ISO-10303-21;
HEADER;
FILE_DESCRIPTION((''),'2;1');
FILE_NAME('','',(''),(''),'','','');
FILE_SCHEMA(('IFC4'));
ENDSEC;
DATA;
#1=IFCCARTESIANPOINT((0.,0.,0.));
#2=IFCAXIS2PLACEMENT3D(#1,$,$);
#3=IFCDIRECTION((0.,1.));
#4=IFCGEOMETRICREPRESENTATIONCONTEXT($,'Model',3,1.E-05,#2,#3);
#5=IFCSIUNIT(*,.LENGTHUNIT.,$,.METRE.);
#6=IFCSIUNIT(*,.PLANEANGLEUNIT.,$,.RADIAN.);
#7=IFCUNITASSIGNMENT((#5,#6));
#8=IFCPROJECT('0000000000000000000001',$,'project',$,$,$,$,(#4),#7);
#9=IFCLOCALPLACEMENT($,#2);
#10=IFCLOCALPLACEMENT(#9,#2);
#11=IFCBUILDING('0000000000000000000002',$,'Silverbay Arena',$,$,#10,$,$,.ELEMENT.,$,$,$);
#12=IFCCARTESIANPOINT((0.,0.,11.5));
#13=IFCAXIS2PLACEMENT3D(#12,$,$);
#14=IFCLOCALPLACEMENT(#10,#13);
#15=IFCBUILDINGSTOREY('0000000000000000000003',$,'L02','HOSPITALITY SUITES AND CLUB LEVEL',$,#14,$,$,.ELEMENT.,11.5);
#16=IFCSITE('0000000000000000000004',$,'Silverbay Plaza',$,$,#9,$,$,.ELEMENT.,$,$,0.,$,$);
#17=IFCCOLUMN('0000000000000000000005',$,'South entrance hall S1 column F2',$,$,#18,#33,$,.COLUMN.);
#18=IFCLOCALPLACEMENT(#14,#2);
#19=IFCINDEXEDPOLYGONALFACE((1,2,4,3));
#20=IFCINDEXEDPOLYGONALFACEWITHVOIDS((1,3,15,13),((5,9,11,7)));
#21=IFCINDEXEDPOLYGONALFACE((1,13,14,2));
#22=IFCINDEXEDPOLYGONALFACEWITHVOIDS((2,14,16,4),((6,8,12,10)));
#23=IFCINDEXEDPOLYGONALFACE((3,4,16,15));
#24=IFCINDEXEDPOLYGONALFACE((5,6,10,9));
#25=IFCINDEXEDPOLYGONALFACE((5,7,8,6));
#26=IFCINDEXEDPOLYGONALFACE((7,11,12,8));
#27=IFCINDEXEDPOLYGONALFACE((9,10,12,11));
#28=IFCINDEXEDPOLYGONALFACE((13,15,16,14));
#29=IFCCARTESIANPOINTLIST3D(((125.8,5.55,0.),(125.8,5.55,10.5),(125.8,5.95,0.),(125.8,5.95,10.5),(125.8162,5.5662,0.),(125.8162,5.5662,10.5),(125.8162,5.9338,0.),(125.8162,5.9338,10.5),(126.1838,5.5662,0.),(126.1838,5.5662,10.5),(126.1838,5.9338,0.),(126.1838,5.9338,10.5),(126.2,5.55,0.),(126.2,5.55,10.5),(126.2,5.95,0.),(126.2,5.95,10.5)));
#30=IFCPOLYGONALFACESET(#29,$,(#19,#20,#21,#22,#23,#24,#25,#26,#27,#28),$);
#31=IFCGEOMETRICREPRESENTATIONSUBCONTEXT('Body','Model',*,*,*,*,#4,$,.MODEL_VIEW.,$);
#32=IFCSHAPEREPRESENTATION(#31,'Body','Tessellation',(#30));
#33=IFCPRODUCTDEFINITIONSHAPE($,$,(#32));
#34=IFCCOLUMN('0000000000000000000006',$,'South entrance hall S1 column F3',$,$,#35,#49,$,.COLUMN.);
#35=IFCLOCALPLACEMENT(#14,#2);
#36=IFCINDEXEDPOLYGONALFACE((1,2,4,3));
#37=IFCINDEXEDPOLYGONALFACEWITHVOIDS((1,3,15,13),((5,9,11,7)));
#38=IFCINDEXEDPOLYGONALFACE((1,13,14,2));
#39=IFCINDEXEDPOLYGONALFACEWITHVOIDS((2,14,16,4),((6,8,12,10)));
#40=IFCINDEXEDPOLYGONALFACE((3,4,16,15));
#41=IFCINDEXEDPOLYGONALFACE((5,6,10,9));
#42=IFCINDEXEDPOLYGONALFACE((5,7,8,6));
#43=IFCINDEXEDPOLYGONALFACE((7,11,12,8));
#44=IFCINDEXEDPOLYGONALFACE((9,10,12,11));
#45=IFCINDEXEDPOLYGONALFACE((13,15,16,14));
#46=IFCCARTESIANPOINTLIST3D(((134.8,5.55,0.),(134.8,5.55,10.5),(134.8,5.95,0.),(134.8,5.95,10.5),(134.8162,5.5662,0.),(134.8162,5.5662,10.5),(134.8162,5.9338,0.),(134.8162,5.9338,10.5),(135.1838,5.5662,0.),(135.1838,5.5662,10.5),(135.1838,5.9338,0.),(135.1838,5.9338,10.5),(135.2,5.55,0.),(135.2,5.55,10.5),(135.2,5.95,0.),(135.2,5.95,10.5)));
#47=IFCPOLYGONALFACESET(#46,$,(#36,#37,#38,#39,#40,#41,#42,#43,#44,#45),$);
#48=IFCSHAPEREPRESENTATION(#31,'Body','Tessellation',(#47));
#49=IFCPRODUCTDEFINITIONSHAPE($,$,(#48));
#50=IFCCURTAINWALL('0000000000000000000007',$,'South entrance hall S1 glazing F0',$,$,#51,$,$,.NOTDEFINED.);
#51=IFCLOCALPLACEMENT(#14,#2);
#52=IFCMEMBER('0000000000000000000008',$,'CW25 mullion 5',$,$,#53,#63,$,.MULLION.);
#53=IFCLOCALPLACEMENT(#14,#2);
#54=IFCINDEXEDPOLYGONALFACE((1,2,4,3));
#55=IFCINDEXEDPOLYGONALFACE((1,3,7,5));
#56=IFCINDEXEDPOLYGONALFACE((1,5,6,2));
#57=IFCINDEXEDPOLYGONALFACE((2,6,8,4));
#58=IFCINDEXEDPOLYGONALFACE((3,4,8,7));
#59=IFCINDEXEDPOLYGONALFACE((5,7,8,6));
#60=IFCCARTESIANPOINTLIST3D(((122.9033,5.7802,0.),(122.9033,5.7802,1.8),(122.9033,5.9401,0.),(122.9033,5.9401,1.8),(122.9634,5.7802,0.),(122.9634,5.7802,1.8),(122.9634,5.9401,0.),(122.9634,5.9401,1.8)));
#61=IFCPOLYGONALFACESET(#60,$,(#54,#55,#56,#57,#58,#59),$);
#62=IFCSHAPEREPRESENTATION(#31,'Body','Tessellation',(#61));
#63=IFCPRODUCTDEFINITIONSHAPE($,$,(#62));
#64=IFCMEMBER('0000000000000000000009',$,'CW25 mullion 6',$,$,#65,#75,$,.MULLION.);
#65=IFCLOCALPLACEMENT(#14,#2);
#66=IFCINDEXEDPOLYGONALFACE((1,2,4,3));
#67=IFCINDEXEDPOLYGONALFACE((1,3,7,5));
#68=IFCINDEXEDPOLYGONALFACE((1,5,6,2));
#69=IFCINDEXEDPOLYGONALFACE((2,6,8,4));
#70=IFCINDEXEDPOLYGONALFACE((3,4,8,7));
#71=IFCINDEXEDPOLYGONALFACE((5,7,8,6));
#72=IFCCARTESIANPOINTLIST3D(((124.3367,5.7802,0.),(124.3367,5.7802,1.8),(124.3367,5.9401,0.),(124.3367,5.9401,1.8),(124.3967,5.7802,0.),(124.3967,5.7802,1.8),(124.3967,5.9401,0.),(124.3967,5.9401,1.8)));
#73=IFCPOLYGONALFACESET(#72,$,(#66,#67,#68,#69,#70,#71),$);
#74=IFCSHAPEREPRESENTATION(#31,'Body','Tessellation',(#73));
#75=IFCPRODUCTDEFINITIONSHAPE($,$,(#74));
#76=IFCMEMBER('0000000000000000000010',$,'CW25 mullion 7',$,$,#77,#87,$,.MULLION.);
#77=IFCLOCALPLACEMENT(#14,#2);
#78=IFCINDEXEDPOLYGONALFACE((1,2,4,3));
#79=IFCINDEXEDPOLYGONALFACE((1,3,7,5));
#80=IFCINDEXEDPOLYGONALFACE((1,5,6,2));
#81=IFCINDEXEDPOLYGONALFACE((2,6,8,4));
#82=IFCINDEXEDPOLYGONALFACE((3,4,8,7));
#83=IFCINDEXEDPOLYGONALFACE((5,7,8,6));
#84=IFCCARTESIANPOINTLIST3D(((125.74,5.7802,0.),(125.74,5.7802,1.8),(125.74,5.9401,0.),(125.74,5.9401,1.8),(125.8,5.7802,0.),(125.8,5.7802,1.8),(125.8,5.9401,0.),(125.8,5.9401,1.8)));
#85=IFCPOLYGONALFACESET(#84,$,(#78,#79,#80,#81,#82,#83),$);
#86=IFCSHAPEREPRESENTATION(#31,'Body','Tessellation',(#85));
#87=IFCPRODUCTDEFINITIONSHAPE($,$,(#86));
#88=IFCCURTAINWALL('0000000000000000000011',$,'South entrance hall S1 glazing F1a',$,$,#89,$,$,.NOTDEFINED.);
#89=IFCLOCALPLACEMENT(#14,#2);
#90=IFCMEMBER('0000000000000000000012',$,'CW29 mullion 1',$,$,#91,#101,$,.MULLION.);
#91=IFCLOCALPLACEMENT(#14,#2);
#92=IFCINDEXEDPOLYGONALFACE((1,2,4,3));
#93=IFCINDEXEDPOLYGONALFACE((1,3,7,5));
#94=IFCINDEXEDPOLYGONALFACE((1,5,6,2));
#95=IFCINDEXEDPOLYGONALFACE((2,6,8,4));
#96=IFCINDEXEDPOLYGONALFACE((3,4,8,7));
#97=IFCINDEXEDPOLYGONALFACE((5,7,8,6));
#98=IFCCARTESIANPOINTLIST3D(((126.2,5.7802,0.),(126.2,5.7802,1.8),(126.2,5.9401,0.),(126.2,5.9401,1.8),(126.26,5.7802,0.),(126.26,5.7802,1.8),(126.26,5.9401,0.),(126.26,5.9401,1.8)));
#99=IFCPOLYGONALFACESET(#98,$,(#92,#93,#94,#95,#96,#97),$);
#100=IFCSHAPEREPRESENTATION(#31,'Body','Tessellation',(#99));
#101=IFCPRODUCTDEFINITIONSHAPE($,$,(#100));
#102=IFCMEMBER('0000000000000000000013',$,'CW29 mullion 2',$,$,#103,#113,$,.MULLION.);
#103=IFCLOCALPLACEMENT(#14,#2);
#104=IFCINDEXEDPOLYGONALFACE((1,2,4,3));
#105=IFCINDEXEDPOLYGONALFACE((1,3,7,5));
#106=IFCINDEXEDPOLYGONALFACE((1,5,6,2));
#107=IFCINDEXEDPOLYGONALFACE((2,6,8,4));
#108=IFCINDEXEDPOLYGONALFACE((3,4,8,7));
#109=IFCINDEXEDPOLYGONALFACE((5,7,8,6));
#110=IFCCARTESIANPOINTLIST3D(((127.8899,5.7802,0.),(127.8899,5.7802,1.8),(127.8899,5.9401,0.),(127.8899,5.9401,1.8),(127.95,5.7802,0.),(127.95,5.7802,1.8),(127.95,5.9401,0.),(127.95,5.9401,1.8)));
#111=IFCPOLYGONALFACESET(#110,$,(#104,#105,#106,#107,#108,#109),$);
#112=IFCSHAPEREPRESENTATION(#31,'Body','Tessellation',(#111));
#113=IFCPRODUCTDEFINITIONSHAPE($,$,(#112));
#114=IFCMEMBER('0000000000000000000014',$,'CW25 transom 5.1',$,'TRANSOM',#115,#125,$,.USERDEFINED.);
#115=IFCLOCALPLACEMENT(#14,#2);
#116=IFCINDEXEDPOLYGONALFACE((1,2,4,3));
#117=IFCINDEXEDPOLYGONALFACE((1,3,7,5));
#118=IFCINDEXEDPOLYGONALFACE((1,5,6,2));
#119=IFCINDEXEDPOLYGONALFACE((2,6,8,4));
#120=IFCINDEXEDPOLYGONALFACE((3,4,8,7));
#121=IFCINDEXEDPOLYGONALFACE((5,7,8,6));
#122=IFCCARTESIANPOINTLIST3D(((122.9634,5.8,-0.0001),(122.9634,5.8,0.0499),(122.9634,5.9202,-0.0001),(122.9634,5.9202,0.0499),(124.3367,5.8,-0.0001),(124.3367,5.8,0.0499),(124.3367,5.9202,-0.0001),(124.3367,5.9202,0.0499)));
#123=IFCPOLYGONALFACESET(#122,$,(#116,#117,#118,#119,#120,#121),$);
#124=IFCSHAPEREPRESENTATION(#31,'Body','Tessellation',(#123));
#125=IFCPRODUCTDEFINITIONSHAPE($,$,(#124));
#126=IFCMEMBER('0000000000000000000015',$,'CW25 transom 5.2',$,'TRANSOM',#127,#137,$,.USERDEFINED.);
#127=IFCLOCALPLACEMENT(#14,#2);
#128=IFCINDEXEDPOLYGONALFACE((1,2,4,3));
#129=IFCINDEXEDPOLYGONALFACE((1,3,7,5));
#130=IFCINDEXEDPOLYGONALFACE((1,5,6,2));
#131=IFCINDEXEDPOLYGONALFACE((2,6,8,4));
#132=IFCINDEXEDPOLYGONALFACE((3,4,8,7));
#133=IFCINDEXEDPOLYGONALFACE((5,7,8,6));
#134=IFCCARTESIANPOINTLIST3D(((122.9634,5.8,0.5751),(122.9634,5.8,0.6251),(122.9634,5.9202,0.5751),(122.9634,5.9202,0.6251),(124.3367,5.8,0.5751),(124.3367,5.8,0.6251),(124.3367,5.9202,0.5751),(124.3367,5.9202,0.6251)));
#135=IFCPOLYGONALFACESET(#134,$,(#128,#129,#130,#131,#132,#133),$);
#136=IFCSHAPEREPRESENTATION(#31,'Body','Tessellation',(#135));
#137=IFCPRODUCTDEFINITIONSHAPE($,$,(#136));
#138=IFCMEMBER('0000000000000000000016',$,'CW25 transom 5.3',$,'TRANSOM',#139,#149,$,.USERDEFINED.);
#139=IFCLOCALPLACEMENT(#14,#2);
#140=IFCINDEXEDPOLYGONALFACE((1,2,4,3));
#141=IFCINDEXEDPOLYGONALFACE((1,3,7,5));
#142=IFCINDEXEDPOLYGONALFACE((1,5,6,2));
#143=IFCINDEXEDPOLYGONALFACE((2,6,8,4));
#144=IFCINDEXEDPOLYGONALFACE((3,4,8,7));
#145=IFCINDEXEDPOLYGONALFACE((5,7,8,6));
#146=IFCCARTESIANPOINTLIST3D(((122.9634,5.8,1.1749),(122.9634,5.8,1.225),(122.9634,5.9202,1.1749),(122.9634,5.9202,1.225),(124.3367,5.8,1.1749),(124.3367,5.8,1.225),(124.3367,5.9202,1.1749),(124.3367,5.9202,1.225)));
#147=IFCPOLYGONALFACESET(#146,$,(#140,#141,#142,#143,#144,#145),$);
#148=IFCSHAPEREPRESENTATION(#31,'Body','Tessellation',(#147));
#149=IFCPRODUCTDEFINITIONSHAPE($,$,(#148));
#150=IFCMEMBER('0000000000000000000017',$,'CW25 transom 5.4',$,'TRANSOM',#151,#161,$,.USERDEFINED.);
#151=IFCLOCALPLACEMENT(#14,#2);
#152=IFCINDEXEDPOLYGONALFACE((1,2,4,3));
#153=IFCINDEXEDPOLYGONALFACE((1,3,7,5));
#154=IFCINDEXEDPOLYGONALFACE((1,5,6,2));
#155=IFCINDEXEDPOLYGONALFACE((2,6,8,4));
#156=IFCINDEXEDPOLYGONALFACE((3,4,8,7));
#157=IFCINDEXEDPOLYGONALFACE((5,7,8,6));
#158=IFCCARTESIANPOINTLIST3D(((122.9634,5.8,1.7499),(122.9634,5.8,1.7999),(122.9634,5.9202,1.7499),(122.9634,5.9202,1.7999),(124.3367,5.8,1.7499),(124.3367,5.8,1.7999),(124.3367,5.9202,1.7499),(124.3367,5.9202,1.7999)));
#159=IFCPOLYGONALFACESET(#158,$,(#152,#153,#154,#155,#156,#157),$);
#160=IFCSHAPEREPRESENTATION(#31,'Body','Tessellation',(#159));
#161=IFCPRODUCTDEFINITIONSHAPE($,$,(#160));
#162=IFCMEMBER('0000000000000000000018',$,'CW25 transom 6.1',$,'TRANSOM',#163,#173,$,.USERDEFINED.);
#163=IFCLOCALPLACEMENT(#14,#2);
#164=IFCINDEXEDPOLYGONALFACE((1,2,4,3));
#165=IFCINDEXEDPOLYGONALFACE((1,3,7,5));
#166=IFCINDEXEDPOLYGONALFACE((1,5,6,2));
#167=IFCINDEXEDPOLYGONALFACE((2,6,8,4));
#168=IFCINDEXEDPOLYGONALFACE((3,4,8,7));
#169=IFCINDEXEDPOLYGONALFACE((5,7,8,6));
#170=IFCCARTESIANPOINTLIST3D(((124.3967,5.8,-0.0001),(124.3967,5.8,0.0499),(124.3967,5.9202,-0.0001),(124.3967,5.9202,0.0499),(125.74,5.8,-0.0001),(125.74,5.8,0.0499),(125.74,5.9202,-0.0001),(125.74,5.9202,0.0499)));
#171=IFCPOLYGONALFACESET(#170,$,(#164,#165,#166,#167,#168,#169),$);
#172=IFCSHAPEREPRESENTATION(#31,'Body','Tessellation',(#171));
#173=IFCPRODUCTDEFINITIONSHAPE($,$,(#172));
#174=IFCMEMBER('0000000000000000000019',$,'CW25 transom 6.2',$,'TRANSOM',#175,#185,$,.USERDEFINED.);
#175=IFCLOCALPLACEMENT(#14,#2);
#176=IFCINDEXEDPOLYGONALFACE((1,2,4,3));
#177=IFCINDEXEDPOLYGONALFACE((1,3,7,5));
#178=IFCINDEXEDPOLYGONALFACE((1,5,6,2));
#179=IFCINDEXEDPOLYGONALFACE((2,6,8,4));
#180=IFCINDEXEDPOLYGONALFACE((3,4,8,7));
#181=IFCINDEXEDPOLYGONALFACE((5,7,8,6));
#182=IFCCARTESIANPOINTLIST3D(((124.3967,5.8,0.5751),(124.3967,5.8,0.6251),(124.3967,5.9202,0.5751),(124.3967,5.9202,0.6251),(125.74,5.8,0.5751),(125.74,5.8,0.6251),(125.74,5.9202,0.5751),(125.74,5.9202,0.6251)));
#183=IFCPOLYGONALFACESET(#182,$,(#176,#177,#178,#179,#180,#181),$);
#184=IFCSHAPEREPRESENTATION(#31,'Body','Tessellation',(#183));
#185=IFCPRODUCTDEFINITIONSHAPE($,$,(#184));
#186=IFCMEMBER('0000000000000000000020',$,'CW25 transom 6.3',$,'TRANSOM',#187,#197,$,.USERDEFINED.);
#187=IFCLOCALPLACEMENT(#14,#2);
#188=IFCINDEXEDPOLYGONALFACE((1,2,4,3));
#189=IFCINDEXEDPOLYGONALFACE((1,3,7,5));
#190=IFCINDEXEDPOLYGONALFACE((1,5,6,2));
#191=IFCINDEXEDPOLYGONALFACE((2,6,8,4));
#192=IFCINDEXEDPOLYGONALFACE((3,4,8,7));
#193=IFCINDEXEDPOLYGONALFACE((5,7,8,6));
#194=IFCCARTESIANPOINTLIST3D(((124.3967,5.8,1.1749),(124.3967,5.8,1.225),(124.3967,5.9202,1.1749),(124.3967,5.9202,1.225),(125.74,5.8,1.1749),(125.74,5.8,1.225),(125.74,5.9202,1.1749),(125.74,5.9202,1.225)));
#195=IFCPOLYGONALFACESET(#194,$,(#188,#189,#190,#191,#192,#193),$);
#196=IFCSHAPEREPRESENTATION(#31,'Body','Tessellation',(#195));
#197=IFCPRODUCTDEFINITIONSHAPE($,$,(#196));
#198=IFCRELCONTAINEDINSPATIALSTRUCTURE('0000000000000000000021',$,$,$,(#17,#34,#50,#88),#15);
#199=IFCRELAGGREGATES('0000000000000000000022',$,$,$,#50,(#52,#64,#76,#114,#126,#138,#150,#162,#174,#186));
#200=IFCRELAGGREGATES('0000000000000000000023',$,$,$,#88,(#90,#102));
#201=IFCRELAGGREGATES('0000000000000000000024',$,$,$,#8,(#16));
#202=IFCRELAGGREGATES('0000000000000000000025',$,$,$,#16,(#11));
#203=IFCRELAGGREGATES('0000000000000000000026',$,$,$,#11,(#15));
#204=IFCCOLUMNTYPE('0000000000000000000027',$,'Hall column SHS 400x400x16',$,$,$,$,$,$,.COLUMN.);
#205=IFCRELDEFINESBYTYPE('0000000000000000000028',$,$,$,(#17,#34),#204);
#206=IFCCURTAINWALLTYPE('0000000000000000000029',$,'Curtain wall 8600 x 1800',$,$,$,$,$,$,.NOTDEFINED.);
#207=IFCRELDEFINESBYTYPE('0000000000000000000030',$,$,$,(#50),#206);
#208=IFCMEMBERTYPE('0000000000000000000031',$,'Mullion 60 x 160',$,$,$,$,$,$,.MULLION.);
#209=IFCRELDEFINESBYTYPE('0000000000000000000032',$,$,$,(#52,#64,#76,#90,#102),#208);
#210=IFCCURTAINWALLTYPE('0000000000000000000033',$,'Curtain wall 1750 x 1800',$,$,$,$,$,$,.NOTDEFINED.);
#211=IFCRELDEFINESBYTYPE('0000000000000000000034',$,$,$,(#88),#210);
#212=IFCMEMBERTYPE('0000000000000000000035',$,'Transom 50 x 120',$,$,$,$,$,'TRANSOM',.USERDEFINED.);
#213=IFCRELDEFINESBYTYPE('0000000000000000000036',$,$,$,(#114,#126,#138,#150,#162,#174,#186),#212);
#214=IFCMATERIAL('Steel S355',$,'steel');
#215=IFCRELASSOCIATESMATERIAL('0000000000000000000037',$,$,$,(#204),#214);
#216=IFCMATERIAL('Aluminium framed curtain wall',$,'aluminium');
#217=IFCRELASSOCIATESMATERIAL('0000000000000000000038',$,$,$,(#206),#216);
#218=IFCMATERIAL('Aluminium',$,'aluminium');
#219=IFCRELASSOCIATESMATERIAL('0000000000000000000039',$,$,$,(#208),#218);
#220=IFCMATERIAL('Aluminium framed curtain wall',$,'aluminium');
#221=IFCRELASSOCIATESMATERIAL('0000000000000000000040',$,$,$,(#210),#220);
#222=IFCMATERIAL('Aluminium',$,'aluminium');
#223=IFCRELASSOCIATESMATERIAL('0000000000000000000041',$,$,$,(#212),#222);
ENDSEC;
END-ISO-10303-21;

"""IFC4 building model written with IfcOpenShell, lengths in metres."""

from ifc_helpers import new_model, si_unit, direction, frame, origin, origin_2d, place, context, subcontext, project, spatial, rectangle, hollow_rectangle, extrude, material, material_profile, profile_set, type_object, element, aggregate, save


model = new_model("IFC4")

# Units and contexts
model_context = context("Model", 3, precision=1e-05, world=origin(), true_north=direction((0.0, 1.0)))
body_context = subcontext(model_context, "Body", "Model", "MODEL_VIEW")
ifc_project = project(units=[si_unit("LENGTHUNIT", "METRE"), si_unit("PLANEANGLEUNIT", "RADIAN")], contexts=[model_context])

# Site, building, storey
site_placement = place(None, origin())
site = spatial("IfcSite", under=ifc_project, at=site_placement, Name="Silverbay Plaza", CompositionType="ELEMENT", RefElevation=0.0)
building_placement = place(site_placement, origin())
building = spatial("IfcBuilding", under=site, at=building_placement, Name="Silverbay Arena", CompositionType="ELEMENT")
storey_placement = place(building_placement, frame((0.0, 0.0, 11.5)))
storey = spatial("IfcBuildingStorey", under=building, at=storey_placement, Name="L02", Description="HOSPITALITY SUITES AND CLUB LEVEL", CompositionType="ELEMENT", Elevation=11.5)

# Columns
ifc_material_1 = material(Name="Steel S355", Category="steel")
ifc_material_profile_1 = material_profile(ifc_material_1, hollow_rectangle(XDim=0.3999, YDim=0.3999, WallThickness=0.0161, at=origin_2d()), Name="SHS 400x400x16")
ifc_profile_set_1 = profile_set([ifc_material_profile_1], Name="Steel S355")
column_type = type_object("IfcColumnType", Name="Hall column SHS 400x400x16", PredefinedType="COLUMN", material=ifc_profile_set_1)
for number, where, z_axis, x_axis, name in (
    (1, (126.0, 5.75, 0.0), (0.0, 0.0, 1.0), (1.0, 0.0, 0.0), "South entrance hall S1 column F2"),
    (2, (135.0, 5.75, 0.0), (0.0, 0.0, 1.0), (1.0, 0.0, 0.0), "South entrance hall S1 column F3"),
):
    element("IfcColumn", number, at=place(storey_placement, frame(where, z_axis=z_axis, x_axis=x_axis)), inside=storey, type_object=column_type, Name=name, PredefinedType="COLUMN", context=body_context, shape_type="SweptSolid", body=[
        extrude(hollow_rectangle(XDim=0.3999, YDim=0.3999, WallThickness=0.0161, at=origin_2d()), origin(), (0.0, 0.0, 1.0), 10.5),
    ])

# Curtain walls, members
ifc_material_2 = material(Name="Aluminium framed curtain wall", Category="aluminium")
curtain_wall_type_1 = type_object("IfcCurtainWallType", Name="Curtain wall 8600 x 1800", PredefinedType="NOTDEFINED", material=ifc_material_2)
curtain_wall_1_placement = place(storey_placement, origin())
curtain_wall_1 = element("IfcCurtainWall", 3, at=curtain_wall_1_placement, inside=storey, type_object=curtain_wall_type_1, Name="South entrance hall S1 glazing F0", PredefinedType="NOTDEFINED")
ifc_material_3 = material(Name="Aluminium", Category="aluminium")
ifc_material_profile_2 = material_profile(ifc_material_3, rectangle(XDim=0.1599, YDim=0.0601, at=origin_2d()), Name="Mullion 60 x 160")
ifc_profile_set_2 = profile_set([ifc_material_profile_2], Name="Aluminium")
member_type_1 = type_object("IfcMemberType", Name="Mullion 60 x 160", PredefinedType="MULLION", material=ifc_profile_set_2)
member_1_placement = place(storey_placement, frame((122.9333, 5.8601, 0.0), z_axis=(0.0, 0.0, 1.0), x_axis=(0.0, 1.0, 0.0)))
member_1 = element("IfcMember", 4, at=member_1_placement, type_object=member_type_1, Name="CW25 mullion 5", PredefinedType="MULLION", context=body_context, shape_type="SweptSolid", body=[
    extrude(rectangle(XDim=0.1599, YDim=0.0601, at=origin_2d()), origin(), (0.0, 0.0, 1.0), 1.8),
])
member_2_placement = place(storey_placement, frame((124.3667, 5.8601, 0.0), z_axis=(0.0, 0.0, 1.0), x_axis=(0.0, 1.0, 0.0)))
member_2 = element("IfcMember", 5, at=member_2_placement, type_object=member_type_1, Name="CW25 mullion 6", PredefinedType="MULLION", context=body_context, shape_type="SweptSolid", body=[
    extrude(rectangle(XDim=0.1599, YDim=0.0601, at=origin_2d()), origin(), (0.0, 0.0, 1.0), 1.8),
])
member_3_placement = place(storey_placement, frame((125.77, 5.8601, 0.0), z_axis=(0.0, 0.0, 1.0), x_axis=(0.0, 1.0, 0.0)))
member_3 = element("IfcMember", 6, at=member_3_placement, type_object=member_type_1, Name="CW25 mullion 7", PredefinedType="MULLION", context=body_context, shape_type="SweptSolid", body=[
    extrude(rectangle(XDim=0.1599, YDim=0.0601, at=origin_2d()), origin(), (0.0, 0.0, 1.0), 1.8),
])
ifc_material_4 = material(Name="Aluminium framed curtain wall", Category="aluminium")
curtain_wall_type_2 = type_object("IfcCurtainWallType", Name="Curtain wall 1750 x 1800", PredefinedType="NOTDEFINED", material=ifc_material_4)
curtain_wall_2_placement = place(storey_placement, origin())
curtain_wall_2 = element("IfcCurtainWall", 7, at=curtain_wall_2_placement, inside=storey, type_object=curtain_wall_type_2, Name="South entrance hall S1 glazing F1a", PredefinedType="NOTDEFINED")
member_4_placement = place(storey_placement, frame((126.23, 5.8601, 0.0), z_axis=(0.0, 0.0, 1.0), x_axis=(0.0, 1.0, 0.0)))
member_4 = element("IfcMember", 8, at=member_4_placement, type_object=member_type_1, Name="CW29 mullion 1", PredefinedType="MULLION", context=body_context, shape_type="SweptSolid", body=[
    extrude(rectangle(XDim=0.1599, YDim=0.0601, at=origin_2d()), origin(), (0.0, 0.0, 1.0), 1.8),
])
member_5_placement = place(storey_placement, frame((127.9199, 5.8601, 0.0), z_axis=(0.0, 0.0, 1.0), x_axis=(0.0, 1.0, 0.0)))
member_5 = element("IfcMember", 9, at=member_5_placement, type_object=member_type_1, Name="CW29 mullion 2", PredefinedType="MULLION", context=body_context, shape_type="SweptSolid", body=[
    extrude(rectangle(XDim=0.1599, YDim=0.0601, at=origin_2d()), origin(), (0.0, 0.0, 1.0), 1.8),
])

# Members
ifc_material_5 = material(Name="Aluminium", Category="aluminium")
ifc_material_profile_3 = material_profile(ifc_material_5, rectangle(XDim=0.1201, YDim=0.05, at=origin_2d()), Name="Transom 50 x 120")
ifc_profile_set_3 = profile_set([ifc_material_profile_3], Name="Aluminium")
member_type_2 = type_object("IfcMemberType", Name="Transom 50 x 120", ElementType="TRANSOM", PredefinedType="USERDEFINED", material=ifc_profile_set_3)
member_6_placement = place(storey_placement, frame((122.9634, 5.8601, 0.0249), z_axis=(1.0, 0.0, 0.0), x_axis=(0.0, 1.0, 0.0)))
member_6 = element("IfcMember", 10, at=member_6_placement, type_object=member_type_2, Name="CW25 transom 5.1", ObjectType="TRANSOM", PredefinedType="USERDEFINED", context=body_context, shape_type="SweptSolid", body=[
    extrude(rectangle(XDim=0.1201, YDim=0.05, at=origin_2d()), origin(), (0.0, 0.0, 1.0), 1.3733),
])
member_7_placement = place(storey_placement, frame((122.9634, 5.8601, 0.6001), z_axis=(1.0, 0.0, 0.0), x_axis=(0.0, 1.0, 0.0)))
member_7 = element("IfcMember", 11, at=member_7_placement, type_object=member_type_2, Name="CW25 transom 5.2", ObjectType="TRANSOM", PredefinedType="USERDEFINED", context=body_context, shape_type="SweptSolid", body=[
    extrude(rectangle(XDim=0.1201, YDim=0.05, at=origin_2d()), origin(), (0.0, 0.0, 1.0), 1.3733),
])
member_8_placement = place(storey_placement, frame((122.9634, 5.8601, 1.2), z_axis=(1.0, 0.0, 0.0), x_axis=(0.0, 1.0, 0.0)))
member_8 = element("IfcMember", 12, at=member_8_placement, type_object=member_type_2, Name="CW25 transom 5.3", ObjectType="TRANSOM", PredefinedType="USERDEFINED", context=body_context, shape_type="SweptSolid", body=[
    extrude(rectangle(XDim=0.1201, YDim=0.05, at=origin_2d()), origin(), (0.0, 0.0, 1.0), 1.3733),
])
member_9_placement = place(storey_placement, frame((122.9634, 5.8601, 1.7749), z_axis=(1.0, 0.0, 0.0), x_axis=(0.0, 1.0, 0.0)))
member_9 = element("IfcMember", 13, at=member_9_placement, type_object=member_type_2, Name="CW25 transom 5.4", ObjectType="TRANSOM", PredefinedType="USERDEFINED", context=body_context, shape_type="SweptSolid", body=[
    extrude(rectangle(XDim=0.1201, YDim=0.05, at=origin_2d()), origin(), (0.0, 0.0, 1.0), 1.3733),
])
member_10_placement = place(storey_placement, frame((124.3967, 5.8601, 0.0249), z_axis=(1.0, 0.0, 0.0), x_axis=(0.0, 1.0, 0.0)))
member_10 = element("IfcMember", 14, at=member_10_placement, type_object=member_type_2, Name="CW25 transom 6.1", ObjectType="TRANSOM", PredefinedType="USERDEFINED", context=body_context, shape_type="SweptSolid", body=[
    extrude(rectangle(XDim=0.1201, YDim=0.05, at=origin_2d()), origin(), (0.0, 0.0, 1.0), 1.3433),
])
member_11_placement = place(storey_placement, frame((124.3967, 5.8601, 0.6001), z_axis=(1.0, 0.0, 0.0), x_axis=(0.0, 1.0, 0.0)))
member_11 = element("IfcMember", 15, at=member_11_placement, type_object=member_type_2, Name="CW25 transom 6.2", ObjectType="TRANSOM", PredefinedType="USERDEFINED", context=body_context, shape_type="SweptSolid", body=[
    extrude(rectangle(XDim=0.1201, YDim=0.05, at=origin_2d()), origin(), (0.0, 0.0, 1.0), 1.3433),
])
member_12_placement = place(storey_placement, frame((124.3967, 5.8601, 1.2), z_axis=(1.0, 0.0, 0.0), x_axis=(0.0, 1.0, 0.0)))
member_12 = element("IfcMember", 16, at=member_12_placement, type_object=member_type_2, Name="CW25 transom 6.3", ObjectType="TRANSOM", PredefinedType="USERDEFINED", context=body_context, shape_type="SweptSolid", body=[
    extrude(rectangle(XDim=0.1201, YDim=0.05, at=origin_2d()), origin(), (0.0, 0.0, 1.0), 1.3433),
])

aggregate(curtain_wall_1, [member_1, member_2, member_3, member_6, member_7, member_8, member_9, member_10, member_11, member_12])
aggregate(curtain_wall_2, [member_4, member_5])

save(model, "model.ifc")
